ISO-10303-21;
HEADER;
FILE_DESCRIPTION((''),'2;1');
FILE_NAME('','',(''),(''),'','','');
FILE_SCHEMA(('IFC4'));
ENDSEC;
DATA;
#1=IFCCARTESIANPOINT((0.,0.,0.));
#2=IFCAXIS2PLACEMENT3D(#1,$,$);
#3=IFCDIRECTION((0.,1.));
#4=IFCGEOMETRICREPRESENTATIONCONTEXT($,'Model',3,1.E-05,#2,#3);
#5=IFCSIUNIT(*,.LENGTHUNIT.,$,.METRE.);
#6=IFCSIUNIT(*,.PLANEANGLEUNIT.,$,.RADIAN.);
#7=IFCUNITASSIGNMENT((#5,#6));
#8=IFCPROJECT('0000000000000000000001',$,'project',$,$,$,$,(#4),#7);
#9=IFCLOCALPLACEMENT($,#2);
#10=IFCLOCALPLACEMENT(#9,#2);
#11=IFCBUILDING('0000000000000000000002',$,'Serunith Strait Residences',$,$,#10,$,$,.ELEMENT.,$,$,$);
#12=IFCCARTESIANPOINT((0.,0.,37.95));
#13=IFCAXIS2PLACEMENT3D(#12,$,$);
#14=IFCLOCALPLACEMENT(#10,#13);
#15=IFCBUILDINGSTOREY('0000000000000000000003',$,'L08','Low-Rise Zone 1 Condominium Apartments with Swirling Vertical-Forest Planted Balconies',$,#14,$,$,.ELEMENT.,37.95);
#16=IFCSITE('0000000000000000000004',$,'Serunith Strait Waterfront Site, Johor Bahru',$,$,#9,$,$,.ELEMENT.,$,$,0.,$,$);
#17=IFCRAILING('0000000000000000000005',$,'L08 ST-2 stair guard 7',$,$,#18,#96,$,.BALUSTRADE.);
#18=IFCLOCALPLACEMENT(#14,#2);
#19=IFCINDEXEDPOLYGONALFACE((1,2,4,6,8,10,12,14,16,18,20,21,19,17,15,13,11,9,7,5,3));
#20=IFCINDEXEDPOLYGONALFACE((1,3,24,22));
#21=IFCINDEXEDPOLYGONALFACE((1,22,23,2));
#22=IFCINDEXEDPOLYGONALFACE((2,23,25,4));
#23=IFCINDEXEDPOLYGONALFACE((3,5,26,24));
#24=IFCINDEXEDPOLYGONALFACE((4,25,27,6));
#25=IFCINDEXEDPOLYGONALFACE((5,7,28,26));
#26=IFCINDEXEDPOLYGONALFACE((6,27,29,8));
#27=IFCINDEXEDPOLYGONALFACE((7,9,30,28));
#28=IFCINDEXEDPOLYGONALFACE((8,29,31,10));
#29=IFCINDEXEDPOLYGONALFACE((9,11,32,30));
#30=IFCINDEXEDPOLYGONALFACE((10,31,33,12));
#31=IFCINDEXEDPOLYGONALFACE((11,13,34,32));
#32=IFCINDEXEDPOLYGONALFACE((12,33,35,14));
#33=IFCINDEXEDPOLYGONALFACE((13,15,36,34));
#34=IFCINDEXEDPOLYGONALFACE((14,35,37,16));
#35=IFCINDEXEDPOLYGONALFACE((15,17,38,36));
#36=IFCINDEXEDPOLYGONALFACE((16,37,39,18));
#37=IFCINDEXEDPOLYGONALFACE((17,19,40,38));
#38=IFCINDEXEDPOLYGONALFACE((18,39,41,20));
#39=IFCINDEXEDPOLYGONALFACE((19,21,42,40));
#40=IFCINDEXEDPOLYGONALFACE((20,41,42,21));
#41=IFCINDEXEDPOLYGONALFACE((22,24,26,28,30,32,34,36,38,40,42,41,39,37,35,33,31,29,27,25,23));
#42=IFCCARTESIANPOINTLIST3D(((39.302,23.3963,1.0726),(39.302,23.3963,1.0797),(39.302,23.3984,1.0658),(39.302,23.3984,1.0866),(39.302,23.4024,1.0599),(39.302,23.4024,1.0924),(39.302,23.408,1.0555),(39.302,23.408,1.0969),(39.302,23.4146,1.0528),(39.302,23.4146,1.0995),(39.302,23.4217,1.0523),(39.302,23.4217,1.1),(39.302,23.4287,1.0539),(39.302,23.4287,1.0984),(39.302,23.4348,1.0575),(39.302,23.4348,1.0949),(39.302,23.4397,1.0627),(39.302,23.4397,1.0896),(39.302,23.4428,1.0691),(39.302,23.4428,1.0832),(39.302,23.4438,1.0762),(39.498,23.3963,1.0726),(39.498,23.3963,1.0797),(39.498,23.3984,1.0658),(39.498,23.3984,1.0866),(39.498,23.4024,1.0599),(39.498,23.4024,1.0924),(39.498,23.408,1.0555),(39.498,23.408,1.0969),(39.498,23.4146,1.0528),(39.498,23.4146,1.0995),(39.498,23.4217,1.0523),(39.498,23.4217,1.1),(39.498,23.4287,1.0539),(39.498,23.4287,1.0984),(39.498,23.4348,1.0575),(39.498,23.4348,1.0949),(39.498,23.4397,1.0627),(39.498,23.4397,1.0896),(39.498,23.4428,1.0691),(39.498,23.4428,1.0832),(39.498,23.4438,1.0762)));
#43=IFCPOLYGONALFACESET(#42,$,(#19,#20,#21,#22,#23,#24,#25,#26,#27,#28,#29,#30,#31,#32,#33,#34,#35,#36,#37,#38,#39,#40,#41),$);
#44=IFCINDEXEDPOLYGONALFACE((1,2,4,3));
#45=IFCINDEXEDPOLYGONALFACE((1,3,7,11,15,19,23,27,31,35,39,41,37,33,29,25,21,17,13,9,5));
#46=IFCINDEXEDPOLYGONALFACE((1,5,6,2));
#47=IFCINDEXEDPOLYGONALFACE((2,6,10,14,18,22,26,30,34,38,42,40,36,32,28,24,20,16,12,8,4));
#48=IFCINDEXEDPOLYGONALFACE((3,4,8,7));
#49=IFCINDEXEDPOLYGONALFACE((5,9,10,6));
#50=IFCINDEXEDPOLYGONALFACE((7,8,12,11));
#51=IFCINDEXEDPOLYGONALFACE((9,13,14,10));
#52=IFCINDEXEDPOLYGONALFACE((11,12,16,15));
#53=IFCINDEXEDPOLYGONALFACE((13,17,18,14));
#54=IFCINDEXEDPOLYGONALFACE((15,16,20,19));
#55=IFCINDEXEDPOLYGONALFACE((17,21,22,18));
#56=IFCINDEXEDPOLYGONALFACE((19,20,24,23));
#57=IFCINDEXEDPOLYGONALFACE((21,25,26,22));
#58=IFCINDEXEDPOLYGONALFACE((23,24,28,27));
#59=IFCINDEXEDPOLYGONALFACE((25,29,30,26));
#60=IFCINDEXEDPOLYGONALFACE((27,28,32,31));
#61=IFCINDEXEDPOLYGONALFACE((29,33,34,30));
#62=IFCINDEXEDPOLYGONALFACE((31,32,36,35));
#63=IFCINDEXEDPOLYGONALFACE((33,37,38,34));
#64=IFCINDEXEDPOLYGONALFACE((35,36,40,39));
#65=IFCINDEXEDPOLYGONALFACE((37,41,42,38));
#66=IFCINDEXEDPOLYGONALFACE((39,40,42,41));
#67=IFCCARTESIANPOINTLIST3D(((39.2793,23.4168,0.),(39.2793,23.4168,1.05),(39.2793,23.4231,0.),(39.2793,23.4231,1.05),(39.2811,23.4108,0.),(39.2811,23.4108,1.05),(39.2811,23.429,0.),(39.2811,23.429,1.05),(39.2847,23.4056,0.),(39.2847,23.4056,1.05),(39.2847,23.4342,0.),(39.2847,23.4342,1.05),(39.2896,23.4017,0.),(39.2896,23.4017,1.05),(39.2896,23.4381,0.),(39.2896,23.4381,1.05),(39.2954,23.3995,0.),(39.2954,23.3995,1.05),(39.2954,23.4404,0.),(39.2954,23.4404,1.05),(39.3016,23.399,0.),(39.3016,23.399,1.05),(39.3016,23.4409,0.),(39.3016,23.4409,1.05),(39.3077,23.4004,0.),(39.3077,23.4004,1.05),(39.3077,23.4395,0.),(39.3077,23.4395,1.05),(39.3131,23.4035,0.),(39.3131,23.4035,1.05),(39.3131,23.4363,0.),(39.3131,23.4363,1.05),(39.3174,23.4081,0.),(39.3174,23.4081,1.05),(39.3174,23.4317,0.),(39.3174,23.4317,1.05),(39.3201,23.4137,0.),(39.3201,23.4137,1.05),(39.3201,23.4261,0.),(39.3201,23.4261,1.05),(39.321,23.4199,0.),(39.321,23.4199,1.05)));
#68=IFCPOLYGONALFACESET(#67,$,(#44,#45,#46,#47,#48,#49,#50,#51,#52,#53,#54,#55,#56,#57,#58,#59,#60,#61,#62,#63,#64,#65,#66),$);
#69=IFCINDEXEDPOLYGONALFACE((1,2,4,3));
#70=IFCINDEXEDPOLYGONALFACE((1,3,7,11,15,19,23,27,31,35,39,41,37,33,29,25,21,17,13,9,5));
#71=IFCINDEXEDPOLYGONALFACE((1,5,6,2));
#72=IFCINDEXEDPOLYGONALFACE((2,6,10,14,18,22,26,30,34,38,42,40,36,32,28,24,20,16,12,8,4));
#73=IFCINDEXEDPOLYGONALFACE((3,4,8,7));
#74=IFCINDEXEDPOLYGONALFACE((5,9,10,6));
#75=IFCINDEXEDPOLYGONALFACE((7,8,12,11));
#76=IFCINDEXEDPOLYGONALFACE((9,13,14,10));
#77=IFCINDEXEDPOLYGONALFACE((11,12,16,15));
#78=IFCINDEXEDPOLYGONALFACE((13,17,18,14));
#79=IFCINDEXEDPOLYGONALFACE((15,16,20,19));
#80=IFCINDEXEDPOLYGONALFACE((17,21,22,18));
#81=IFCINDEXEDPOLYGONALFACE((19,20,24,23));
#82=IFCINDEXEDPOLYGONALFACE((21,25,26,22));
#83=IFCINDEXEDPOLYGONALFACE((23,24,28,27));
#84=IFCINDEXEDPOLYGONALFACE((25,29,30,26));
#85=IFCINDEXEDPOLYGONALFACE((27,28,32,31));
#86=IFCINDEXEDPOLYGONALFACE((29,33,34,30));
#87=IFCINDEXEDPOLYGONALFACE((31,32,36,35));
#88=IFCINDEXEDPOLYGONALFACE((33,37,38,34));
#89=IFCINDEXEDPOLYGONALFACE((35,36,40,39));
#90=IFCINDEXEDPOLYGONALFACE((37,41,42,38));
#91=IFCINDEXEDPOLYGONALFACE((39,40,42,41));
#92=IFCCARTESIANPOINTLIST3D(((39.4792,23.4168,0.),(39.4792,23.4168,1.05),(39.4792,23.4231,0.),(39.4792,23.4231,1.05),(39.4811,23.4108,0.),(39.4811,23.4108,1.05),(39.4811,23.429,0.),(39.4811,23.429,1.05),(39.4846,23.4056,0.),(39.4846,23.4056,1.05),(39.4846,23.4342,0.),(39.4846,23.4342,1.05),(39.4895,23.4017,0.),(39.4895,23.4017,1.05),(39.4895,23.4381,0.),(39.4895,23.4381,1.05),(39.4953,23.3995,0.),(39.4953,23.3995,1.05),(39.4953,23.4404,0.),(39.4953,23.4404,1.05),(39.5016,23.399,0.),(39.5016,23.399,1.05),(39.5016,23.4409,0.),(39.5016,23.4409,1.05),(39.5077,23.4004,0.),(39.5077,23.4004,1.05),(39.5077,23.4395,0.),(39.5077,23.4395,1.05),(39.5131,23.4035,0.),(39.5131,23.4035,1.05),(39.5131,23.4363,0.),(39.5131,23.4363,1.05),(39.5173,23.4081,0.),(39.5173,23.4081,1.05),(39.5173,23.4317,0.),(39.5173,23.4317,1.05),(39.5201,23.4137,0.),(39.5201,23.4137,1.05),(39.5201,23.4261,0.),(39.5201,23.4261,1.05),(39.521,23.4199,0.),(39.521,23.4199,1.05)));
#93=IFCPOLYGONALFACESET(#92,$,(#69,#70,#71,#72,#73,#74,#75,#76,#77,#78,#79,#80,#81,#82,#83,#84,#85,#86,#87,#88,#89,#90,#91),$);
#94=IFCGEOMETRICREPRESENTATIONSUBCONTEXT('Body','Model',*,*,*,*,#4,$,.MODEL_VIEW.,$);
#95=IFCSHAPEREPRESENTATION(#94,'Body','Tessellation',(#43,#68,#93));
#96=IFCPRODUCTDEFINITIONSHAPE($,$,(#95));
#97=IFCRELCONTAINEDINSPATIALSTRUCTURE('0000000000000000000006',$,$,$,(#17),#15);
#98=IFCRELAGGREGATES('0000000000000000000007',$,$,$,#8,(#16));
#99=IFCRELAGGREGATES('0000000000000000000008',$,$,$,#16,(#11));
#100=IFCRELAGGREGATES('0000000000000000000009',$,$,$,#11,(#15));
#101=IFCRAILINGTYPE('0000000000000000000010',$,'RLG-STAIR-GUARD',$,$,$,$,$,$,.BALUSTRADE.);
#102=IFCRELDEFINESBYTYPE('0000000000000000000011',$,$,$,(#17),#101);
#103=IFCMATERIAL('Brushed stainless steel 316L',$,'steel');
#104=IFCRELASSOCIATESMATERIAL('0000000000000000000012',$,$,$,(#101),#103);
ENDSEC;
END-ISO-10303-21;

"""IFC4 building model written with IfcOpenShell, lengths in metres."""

from ifc_helpers import new_model, si_unit, direction, frame, origin, origin_2d, place, context, subcontext, project, spatial, circle, extrude, material, type_object, element, save


model = new_model("IFC4")

# Units and contexts
model_context = context("Model", 3, precision=1e-05, world=origin(), true_north=direction((0.0, 1.0)))
body_context = subcontext(model_context, "Body", "Model", "MODEL_VIEW")
ifc_project = project(units=[si_unit("LENGTHUNIT", "METRE"), si_unit("PLANEANGLEUNIT", "RADIAN")], contexts=[model_context])

# Site, building, storey
site_placement = place(None, origin())
site = spatial("IfcSite", under=ifc_project, at=site_placement, Name="Serunith Strait Waterfront Site, Johor Bahru", CompositionType="ELEMENT", RefElevation=0.0)
building_placement = place(site_placement, origin())
building = spatial("IfcBuilding", under=site, at=building_placement, Name="Serunith Strait Residences", CompositionType="ELEMENT")
storey_placement = place(building_placement, frame((0.0, 0.0, 37.95)))
storey = spatial("IfcBuildingStorey", under=building, at=storey_placement, Name="L08", Description="Low-Rise Zone 1 Condominium Apartments with Swirling Vertical-Forest Planted Balconies", CompositionType="ELEMENT", Elevation=37.95)

# Railing
ifc_material_1 = material(Name="Brushed stainless steel 316L", Category="steel")
railing_type_1 = type_object("IfcRailingType", Name="RLG-STAIR-GUARD", PredefinedType="BALUSTRADE", material=ifc_material_1)
railing_1_placement = place(storey_placement, frame((39.3, 23.4199, 0.0)))
element("IfcRailing", 1, at=railing_1_placement, inside=storey, type_object=railing_type_1, Name="L08 ST-2 stair guard 7", PredefinedType="BALUSTRADE", context=body_context, shape_type="SweptSolid", body=[
    extrude(circle(Radius=0.0239, at=origin_2d()), frame((0.002, 0.0, 1.0762), z_axis=(1.0, 0.0, 0.0), x_axis=(0.0, 1.0, 0.0)), (0.0, 0.0, 1.0), 0.196),
    extrude(circle(Radius=0.021, at=origin_2d()), origin(), (0.0, 0.0, 1.0), 1.05),
    extrude(circle(Radius=0.021, at=origin_2d()), frame((0.2, 0.0, 0.0)), (0.0, 0.0, 1.0), 1.05),
])

save(model, "model.ifc")
